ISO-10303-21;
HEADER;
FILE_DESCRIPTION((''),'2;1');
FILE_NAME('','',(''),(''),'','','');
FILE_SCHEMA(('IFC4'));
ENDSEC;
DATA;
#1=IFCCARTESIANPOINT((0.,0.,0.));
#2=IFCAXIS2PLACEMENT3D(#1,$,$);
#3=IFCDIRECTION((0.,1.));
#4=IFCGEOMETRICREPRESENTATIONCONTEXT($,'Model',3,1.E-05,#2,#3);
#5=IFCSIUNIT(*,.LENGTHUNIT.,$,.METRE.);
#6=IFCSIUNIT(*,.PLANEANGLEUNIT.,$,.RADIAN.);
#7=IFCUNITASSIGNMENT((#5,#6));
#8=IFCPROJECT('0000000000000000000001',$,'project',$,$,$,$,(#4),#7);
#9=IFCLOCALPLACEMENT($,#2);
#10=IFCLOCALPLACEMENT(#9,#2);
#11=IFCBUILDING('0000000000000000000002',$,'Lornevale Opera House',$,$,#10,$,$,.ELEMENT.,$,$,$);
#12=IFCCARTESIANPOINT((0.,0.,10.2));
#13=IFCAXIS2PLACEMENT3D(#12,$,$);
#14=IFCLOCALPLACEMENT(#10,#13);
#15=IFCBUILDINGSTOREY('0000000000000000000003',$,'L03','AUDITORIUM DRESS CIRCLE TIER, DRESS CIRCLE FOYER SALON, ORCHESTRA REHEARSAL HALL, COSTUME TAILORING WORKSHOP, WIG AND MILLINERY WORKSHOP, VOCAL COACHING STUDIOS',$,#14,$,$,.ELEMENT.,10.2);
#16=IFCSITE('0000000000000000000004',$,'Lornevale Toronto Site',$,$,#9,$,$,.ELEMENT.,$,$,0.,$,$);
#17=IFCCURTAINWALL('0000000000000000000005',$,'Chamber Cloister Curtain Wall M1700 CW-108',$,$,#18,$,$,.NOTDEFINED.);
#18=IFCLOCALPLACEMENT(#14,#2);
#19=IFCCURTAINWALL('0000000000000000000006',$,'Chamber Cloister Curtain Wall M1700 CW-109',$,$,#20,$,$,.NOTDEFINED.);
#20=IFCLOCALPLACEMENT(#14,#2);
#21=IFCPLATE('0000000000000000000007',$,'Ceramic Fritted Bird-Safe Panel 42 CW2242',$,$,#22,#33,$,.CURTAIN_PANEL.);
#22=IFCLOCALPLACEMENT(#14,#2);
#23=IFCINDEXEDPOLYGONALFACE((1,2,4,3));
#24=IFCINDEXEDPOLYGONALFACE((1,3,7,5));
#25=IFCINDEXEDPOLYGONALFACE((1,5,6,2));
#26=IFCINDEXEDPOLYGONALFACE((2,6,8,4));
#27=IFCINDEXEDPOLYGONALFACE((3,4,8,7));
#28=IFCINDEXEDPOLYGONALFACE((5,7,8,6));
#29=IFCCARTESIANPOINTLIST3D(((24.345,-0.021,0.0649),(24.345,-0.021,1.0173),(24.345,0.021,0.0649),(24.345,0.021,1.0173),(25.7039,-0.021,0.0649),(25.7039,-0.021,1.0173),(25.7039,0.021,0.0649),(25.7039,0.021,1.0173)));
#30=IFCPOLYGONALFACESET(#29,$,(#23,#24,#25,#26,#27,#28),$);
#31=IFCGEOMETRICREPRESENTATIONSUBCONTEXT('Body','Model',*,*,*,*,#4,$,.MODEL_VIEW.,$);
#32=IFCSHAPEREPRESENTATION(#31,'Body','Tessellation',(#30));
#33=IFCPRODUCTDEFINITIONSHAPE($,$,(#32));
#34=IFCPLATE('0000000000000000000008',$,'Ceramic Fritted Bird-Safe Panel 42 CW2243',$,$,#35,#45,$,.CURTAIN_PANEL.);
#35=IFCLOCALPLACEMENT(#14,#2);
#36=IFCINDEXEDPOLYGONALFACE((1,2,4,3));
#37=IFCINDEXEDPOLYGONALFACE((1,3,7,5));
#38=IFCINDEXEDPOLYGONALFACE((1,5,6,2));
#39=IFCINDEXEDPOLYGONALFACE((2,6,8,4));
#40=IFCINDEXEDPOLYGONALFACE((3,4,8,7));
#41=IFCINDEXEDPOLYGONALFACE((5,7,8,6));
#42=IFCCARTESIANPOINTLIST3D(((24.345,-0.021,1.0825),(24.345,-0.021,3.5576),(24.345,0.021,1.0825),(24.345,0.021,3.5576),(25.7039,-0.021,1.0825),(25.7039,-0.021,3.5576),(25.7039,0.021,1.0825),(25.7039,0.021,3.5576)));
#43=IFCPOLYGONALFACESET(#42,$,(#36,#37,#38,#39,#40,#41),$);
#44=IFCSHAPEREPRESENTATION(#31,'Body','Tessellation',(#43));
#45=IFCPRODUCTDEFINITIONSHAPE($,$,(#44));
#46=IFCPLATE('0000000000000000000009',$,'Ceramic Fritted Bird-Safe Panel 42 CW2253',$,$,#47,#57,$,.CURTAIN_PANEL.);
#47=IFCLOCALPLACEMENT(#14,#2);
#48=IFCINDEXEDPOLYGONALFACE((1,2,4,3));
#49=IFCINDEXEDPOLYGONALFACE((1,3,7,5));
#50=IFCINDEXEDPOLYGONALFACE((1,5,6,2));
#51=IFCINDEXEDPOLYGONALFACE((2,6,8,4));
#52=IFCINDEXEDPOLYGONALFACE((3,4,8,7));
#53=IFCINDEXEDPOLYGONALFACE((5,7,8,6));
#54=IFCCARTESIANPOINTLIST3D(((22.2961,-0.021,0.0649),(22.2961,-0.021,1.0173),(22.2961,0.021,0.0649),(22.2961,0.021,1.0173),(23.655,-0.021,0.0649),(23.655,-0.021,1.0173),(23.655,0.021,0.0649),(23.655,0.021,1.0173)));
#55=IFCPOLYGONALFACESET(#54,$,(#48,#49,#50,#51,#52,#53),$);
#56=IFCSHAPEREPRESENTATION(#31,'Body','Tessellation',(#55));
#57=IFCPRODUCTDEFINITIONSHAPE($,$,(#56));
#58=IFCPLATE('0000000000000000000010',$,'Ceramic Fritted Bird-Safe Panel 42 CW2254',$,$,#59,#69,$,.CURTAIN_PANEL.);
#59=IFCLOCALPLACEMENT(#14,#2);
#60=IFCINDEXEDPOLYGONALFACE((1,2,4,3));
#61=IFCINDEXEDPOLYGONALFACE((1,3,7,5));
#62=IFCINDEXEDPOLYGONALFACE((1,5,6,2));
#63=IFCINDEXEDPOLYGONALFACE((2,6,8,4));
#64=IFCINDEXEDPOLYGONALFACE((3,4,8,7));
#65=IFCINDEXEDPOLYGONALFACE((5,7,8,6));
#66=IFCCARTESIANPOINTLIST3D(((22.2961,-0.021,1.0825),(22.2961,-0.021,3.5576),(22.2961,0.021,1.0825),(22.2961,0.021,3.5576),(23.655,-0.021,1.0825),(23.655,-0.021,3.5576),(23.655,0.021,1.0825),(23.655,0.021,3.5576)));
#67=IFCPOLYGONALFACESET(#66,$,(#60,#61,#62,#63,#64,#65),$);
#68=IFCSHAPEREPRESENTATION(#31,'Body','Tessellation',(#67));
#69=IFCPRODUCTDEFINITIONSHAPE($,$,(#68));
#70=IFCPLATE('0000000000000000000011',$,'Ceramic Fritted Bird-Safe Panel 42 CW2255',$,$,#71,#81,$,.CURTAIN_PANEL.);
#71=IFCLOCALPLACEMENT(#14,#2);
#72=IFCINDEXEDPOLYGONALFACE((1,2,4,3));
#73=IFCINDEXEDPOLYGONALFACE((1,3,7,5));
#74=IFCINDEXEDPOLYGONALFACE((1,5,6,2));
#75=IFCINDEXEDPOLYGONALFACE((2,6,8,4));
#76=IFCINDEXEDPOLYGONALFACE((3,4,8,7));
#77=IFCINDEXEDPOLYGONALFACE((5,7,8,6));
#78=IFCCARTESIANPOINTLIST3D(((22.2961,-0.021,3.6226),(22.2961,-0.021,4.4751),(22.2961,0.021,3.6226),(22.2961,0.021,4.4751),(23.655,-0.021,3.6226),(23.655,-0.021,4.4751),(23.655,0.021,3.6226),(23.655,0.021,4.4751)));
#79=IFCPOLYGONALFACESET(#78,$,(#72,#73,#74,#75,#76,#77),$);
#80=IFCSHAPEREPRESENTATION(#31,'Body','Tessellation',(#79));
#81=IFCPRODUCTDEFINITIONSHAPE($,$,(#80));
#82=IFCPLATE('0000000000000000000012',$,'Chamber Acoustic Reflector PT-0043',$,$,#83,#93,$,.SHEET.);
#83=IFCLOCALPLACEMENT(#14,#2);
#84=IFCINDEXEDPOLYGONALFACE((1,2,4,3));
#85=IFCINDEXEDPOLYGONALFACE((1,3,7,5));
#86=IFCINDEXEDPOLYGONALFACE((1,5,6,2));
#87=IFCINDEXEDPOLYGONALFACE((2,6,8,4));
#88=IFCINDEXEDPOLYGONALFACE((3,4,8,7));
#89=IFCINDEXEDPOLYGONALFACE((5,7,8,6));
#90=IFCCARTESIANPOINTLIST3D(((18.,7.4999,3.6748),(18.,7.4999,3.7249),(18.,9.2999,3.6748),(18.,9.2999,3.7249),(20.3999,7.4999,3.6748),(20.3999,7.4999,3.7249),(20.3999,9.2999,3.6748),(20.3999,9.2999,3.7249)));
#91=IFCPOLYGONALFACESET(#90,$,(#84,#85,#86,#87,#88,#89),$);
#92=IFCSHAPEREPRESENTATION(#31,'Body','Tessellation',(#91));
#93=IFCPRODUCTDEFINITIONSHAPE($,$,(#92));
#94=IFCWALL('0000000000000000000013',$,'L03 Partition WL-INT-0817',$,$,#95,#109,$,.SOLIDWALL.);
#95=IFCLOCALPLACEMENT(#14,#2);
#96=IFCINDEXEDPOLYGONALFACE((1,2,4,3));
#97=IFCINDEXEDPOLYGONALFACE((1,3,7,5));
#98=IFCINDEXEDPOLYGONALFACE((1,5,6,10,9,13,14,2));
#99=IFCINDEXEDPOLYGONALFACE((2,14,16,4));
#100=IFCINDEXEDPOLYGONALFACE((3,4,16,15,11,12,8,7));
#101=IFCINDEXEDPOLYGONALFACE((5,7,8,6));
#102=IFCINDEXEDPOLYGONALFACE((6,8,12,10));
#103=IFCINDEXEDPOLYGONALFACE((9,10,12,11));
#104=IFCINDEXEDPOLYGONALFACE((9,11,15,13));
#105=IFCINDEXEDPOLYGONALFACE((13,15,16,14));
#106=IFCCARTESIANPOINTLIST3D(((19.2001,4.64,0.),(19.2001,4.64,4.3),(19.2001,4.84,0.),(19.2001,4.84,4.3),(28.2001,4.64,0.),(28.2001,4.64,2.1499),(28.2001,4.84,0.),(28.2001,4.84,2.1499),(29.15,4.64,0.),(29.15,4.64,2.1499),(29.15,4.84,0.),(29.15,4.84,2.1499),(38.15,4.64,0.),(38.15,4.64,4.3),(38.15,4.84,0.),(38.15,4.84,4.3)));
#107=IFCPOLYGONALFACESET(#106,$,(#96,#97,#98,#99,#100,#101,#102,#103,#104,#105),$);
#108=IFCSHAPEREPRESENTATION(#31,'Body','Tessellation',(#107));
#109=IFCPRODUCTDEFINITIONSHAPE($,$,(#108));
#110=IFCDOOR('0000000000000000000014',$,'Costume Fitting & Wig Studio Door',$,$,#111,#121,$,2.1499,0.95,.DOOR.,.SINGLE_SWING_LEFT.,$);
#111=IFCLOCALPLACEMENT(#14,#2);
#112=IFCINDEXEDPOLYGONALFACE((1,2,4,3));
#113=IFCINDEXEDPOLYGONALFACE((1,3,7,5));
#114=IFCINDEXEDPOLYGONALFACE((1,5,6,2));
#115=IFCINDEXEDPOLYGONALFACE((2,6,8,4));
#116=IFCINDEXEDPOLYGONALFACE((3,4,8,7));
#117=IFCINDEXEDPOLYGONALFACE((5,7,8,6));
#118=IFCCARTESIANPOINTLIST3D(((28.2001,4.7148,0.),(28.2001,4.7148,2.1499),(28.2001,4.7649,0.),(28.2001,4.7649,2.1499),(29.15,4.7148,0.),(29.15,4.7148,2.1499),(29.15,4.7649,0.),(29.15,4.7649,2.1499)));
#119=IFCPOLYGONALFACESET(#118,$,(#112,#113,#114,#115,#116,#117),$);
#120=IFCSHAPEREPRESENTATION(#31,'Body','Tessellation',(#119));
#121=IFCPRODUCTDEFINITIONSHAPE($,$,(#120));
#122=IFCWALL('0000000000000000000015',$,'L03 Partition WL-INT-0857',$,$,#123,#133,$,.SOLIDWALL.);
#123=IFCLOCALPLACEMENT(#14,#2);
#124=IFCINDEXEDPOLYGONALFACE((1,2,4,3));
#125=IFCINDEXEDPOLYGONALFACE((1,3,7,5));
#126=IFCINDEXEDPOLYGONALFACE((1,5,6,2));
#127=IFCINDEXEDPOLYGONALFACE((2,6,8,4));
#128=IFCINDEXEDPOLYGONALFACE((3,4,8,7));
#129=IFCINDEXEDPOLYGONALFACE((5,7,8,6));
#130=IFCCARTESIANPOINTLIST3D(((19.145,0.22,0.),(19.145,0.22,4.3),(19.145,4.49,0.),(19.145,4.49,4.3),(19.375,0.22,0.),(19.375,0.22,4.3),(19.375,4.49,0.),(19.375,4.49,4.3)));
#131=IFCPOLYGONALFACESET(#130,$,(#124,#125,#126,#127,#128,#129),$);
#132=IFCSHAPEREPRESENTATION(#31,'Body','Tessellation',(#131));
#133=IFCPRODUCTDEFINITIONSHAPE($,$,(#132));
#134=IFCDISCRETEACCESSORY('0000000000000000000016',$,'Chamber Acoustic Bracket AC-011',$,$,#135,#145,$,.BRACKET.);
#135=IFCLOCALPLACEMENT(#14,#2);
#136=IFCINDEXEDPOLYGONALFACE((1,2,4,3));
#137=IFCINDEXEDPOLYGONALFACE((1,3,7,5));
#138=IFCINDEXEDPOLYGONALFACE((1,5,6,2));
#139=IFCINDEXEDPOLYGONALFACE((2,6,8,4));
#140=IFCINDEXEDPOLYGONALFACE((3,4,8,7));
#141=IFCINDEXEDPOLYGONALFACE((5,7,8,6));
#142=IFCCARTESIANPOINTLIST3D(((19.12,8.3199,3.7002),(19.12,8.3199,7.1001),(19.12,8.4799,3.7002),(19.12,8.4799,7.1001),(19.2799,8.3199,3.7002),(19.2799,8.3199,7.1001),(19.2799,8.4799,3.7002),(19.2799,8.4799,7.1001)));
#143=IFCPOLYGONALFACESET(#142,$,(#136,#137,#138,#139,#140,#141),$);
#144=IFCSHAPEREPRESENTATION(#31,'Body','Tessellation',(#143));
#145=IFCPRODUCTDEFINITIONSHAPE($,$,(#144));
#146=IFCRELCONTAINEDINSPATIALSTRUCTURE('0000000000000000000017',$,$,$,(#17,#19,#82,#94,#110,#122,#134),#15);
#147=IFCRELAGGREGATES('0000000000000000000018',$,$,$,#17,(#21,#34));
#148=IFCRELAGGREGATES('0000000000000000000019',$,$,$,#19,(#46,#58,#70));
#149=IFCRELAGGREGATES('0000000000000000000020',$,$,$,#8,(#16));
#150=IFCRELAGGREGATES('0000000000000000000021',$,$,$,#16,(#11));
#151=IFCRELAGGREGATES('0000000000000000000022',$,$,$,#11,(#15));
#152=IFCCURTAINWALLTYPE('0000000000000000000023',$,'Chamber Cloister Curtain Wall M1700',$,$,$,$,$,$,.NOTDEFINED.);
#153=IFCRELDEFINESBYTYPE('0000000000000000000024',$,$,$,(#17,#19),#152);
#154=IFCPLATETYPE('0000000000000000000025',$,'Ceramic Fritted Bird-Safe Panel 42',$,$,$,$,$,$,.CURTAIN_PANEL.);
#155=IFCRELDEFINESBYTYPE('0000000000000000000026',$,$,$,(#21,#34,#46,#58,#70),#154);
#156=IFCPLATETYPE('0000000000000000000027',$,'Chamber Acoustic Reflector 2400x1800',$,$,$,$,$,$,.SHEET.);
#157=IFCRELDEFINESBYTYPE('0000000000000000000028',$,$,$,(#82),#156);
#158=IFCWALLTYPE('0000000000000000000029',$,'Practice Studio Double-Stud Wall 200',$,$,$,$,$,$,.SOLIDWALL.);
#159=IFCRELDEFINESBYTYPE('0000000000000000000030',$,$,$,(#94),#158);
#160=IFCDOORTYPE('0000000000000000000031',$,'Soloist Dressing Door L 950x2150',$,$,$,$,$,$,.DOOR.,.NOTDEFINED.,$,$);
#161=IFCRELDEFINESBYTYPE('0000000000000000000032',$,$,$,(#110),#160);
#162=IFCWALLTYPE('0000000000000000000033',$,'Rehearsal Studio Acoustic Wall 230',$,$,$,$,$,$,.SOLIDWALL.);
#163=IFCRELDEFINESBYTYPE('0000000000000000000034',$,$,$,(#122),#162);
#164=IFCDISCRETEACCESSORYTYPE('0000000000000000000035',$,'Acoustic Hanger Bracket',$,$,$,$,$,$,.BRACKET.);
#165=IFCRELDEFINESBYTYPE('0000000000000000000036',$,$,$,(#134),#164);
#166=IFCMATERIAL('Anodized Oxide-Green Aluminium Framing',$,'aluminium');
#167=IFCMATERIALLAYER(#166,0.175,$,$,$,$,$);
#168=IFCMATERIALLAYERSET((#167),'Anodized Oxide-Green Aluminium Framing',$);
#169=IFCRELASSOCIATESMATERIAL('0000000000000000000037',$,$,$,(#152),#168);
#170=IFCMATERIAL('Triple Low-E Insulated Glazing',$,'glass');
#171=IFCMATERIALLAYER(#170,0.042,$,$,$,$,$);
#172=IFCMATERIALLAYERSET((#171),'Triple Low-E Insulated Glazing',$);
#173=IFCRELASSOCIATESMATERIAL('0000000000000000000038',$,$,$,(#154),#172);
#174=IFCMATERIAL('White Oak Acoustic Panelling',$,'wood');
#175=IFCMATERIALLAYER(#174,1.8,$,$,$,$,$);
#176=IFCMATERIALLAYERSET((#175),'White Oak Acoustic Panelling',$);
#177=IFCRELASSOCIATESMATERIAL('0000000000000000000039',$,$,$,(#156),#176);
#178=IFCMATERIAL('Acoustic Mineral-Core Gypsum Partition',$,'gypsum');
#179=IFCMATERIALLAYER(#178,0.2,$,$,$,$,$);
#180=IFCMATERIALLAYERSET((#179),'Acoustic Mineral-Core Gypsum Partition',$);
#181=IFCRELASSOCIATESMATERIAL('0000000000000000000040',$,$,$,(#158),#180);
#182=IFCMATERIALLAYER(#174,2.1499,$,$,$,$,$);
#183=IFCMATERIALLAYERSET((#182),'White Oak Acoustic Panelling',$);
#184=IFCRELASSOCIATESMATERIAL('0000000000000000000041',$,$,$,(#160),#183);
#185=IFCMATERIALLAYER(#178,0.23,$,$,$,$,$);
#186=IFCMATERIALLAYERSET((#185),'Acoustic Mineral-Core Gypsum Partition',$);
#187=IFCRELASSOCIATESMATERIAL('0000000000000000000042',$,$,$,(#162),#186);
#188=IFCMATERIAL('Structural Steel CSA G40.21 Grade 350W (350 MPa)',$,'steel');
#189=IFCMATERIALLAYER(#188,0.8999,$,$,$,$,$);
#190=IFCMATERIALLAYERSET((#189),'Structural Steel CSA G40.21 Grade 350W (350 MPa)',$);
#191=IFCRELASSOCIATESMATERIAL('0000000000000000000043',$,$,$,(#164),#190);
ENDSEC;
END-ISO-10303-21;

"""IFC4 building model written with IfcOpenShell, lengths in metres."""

from ifc_helpers import new_model, si_unit, direction, frame, frame_2d, origin, origin_2d, place, context, subcontext, project, spatial, rectangle, extrude, material, layer, layer_set, type_object, element, fill, aggregate, save


model = new_model("IFC4")

# Units and contexts
model_context = context("Model", 3, precision=1e-05, world=origin(), true_north=direction((0.0, 1.0)))
body_context = subcontext(model_context, "Body", "Model", "MODEL_VIEW")
ifc_project = project(units=[si_unit("LENGTHUNIT", "METRE"), si_unit("PLANEANGLEUNIT", "RADIAN")], contexts=[model_context])

# Site, building, storey
site_placement = place(None, origin())
site = spatial("IfcSite", under=ifc_project, at=site_placement, Name="Lornevale Toronto Site", CompositionType="ELEMENT", RefElevation=0.0)
building_placement = place(site_placement, origin())
building = spatial("IfcBuilding", under=site, at=building_placement, Name="Lornevale Opera House", CompositionType="ELEMENT")
storey_placement = place(building_placement, frame((0.0, 0.0, 10.2)))
storey = spatial("IfcBuildingStorey", under=building, at=storey_placement, Name="L03", Description="AUDITORIUM DRESS CIRCLE TIER, DRESS CIRCLE FOYER SALON, ORCHESTRA REHEARSAL HALL, COSTUME TAILORING WORKSHOP, WIG AND MILLINERY WORKSHOP, VOCAL COACHING STUDIOS", CompositionType="ELEMENT", Elevation=10.2)

# Shared definitions
ifc_material_1 = material(Name="Structural Steel CSA G40.21 Grade 350W (350 MPa)", Category="steel")

# Curtain wall
ifc_material_2 = material(Name="Anodized Oxide-Green Aluminium Framing", Category="aluminium")
ifc_layer_1 = layer(ifc_material_2, 0.175)
ifc_layer_set_1 = layer_set([ifc_layer_1], Name="Anodized Oxide-Green Aluminium Framing")
curtain_wall_type = type_object("IfcCurtainWallType", Name="Chamber Cloister Curtain Wall M1700", PredefinedType="NOTDEFINED", material=ifc_layer_set_1)
curtain_wall_1_placement = place(storey_placement, origin())
curtain_wall_1 = element("IfcCurtainWall", 1, at=curtain_wall_1_placement, inside=storey, type_object=curtain_wall_type, Name="Chamber Cloister Curtain Wall M1700 CW-108", PredefinedType="NOTDEFINED")

# Curtain wall
curtain_wall_2_placement = place(storey_placement, origin())
curtain_wall_2 = element("IfcCurtainWall", 2, at=curtain_wall_2_placement, inside=storey, type_object=curtain_wall_type, Name="Chamber Cloister Curtain Wall M1700 CW-109", PredefinedType="NOTDEFINED")

# Plates
ifc_material_3 = material(Name="Triple Low-E Insulated Glazing", Category="glass")
ifc_layer_2 = layer(ifc_material_3, 0.042)
ifc_layer_set_2 = layer_set([ifc_layer_2], Name="Triple Low-E Insulated Glazing")
plate_type_1 = type_object("IfcPlateType", Name="Ceramic Fritted Bird-Safe Panel 42", PredefinedType="CURTAIN_PANEL", material=ifc_layer_set_2)
plate_1_placement = place(storey_placement, frame((25.0244, 0.0, 0.0649), z_axis=(0.0, 0.0, 1.0), x_axis=(-1.0, 0.0, 0.0)))
plate_1 = element("IfcPlate", 3, at=plate_1_placement, type_object=plate_type_1, Name="Ceramic Fritted Bird-Safe Panel 42 CW2242", PredefinedType="CURTAIN_PANEL", context=body_context, shape_type="SweptSolid", body=[
    extrude(rectangle(XDim=1.3589, YDim=0.042, at=origin_2d()), origin(), (0.0, 0.0, 1.0), 0.9524),
])
plate_2_placement = place(storey_placement, frame((25.0244, 0.0, 1.0825), z_axis=(0.0, 0.0, 1.0), x_axis=(-1.0, 0.0, 0.0)))
plate_2 = element("IfcPlate", 4, at=plate_2_placement, type_object=plate_type_1, Name="Ceramic Fritted Bird-Safe Panel 42 CW2243", PredefinedType="CURTAIN_PANEL", context=body_context, shape_type="SweptSolid", body=[
    extrude(rectangle(XDim=1.3589, YDim=0.042, at=origin_2d()), origin(), (0.0, 0.0, 1.0), 2.4751),
])
aggregate(curtain_wall_1, [plate_1, plate_2])
plate_3_placement = place(storey_placement, frame((22.9756, 0.0, 0.0649), z_axis=(0.0, 0.0, 1.0), x_axis=(-1.0, 0.0, 0.0)))
plate_3 = element("IfcPlate", 5, at=plate_3_placement, type_object=plate_type_1, Name="Ceramic Fritted Bird-Safe Panel 42 CW2253", PredefinedType="CURTAIN_PANEL", context=body_context, shape_type="SweptSolid", body=[
    extrude(rectangle(XDim=1.3589, YDim=0.042, at=origin_2d()), origin(), (0.0, 0.0, 1.0), 0.9524),
])
plate_4_placement = place(storey_placement, frame((22.9756, 0.0, 1.0825), z_axis=(0.0, 0.0, 1.0), x_axis=(-1.0, 0.0, 0.0)))
plate_4 = element("IfcPlate", 6, at=plate_4_placement, type_object=plate_type_1, Name="Ceramic Fritted Bird-Safe Panel 42 CW2254", PredefinedType="CURTAIN_PANEL", context=body_context, shape_type="SweptSolid", body=[
    extrude(rectangle(XDim=1.3589, YDim=0.042, at=origin_2d()), origin(), (0.0, 0.0, 1.0), 2.4751),
])
plate_5_placement = place(storey_placement, frame((22.9756, 0.0, 3.6226), z_axis=(0.0, 0.0, 1.0), x_axis=(-1.0, 0.0, 0.0)))
plate_5 = element("IfcPlate", 7, at=plate_5_placement, type_object=plate_type_1, Name="Ceramic Fritted Bird-Safe Panel 42 CW2255", PredefinedType="CURTAIN_PANEL", context=body_context, shape_type="SweptSolid", body=[
    extrude(rectangle(XDim=1.3589, YDim=0.042, at=origin_2d()), origin(), (0.0, 0.0, 1.0), 0.8525),
])
aggregate(curtain_wall_2, [plate_3, plate_4, plate_5])
ifc_material_4 = material(Name="White Oak Acoustic Panelling", Category="wood")
ifc_layer_3 = layer(ifc_material_4, 1.8)
ifc_layer_set_3 = layer_set([ifc_layer_3], Name="White Oak Acoustic Panelling")
plate_type_2 = type_object("IfcPlateType", Name="Chamber Acoustic Reflector 2400x1800", PredefinedType="SHEET", material=ifc_layer_set_3)
plate_6_placement = place(storey_placement, frame((19.2, 8.3999, 3.6748), z_axis=(0.0, 0.0, 1.0), x_axis=(1.0, 0.0, 0.0)))
element("IfcPlate", 8, at=plate_6_placement, inside=storey, type_object=plate_type_2, Name="Chamber Acoustic Reflector PT-0043", PredefinedType="SHEET", context=body_context, shape_type="SweptSolid", body=[
    extrude(rectangle(XDim=2.3999, YDim=1.8, at=origin_2d()), origin(), (0.0, 0.0, 1.0), 0.05),
])

# Wall, opening, door
ifc_material_5 = material(Name="Acoustic Mineral-Core Gypsum Partition", Category="gypsum")
ifc_layer_4 = layer(ifc_material_5, 0.2)
ifc_layer_set_4 = layer_set([ifc_layer_4], Name="Acoustic Mineral-Core Gypsum Partition")
wall_type_1 = type_object("IfcWallType", Name="Practice Studio Double-Stud Wall 200", PredefinedType="SOLIDWALL", material=ifc_layer_set_4)
wall_1_placement = place(storey_placement, frame((19.2, 4.74, 0.0), z_axis=(0.0, 0.0, 1.0), x_axis=(1.0, 0.0, 0.0)))
wall_1 = element("IfcWall", 9, at=wall_1_placement, inside=storey, type_object=wall_type_1, Name="L03 Partition WL-INT-0817", PredefinedType="SOLIDWALL", context=body_context, shape_type="SweptSolid", body=[
    extrude(rectangle(XDim=18.95, YDim=0.2, at=frame_2d((9.4751, 0.0))), origin(), (0.0, 0.0, 1.0), 4.3),
])
opening_1_placement = place(wall_1_placement, frame((9.0, 0.0, 0.0)))
opening_1 = element("IfcOpeningElement", 10, at=opening_1_placement, cuts=wall_1, PredefinedType="OPENING", context=body_context, shape_type="SweptSolid", body=[
    extrude(rectangle(XDim=0.95, YDim=2.1499, at=frame_2d((0.4751, 1.075))), frame((0.0, 0.1099, 0.0), z_axis=(0.0, -1.0, 0.0), x_axis=(1.0, 0.0, 0.0)), (0.0, 0.0, 1.0), 0.22),
])
ifc_layer_5 = layer(ifc_material_4, 2.1499)
ifc_layer_set_5 = layer_set([ifc_layer_5], Name="White Oak Acoustic Panelling")
door_type_1 = type_object("IfcDoorType", Name="Soloist Dressing Door L 950x2150", OperationType="NOTDEFINED", PredefinedType="DOOR", material=ifc_layer_set_5)
door_1_placement = place(opening_1_placement, origin())
door_1 = element("IfcDoor", 11, at=door_1_placement, inside=storey, type_object=door_type_1, Name="Costume Fitting & Wig Studio Door", OperationType="SINGLE_SWING_LEFT", OverallHeight=2.1499, OverallWidth=0.95, PredefinedType="DOOR", context=body_context, shape_type="SweptSolid", body=[
    extrude(rectangle(XDim=0.95, YDim=2.1499, at=frame_2d((0.4751, 1.075))), frame((0.0, 0.0249, 0.0), z_axis=(0.0, -1.0, 0.0), x_axis=(1.0, 0.0, 0.0)), (0.0, 0.0, 1.0), 0.05),
])
fill(opening_1, door_1)
ifc_layer_6 = layer(ifc_material_5, 0.23)
ifc_layer_set_6 = layer_set([ifc_layer_6], Name="Acoustic Mineral-Core Gypsum Partition")
wall_type_2 = type_object("IfcWallType", Name="Rehearsal Studio Acoustic Wall 230", PredefinedType="SOLIDWALL", material=ifc_layer_set_6)

# Wall
wall_2_placement = place(storey_placement, frame((19.26, 0.22, 0.0), z_axis=(0.0, 0.0, 1.0), x_axis=(0.0, 1.0, 0.0)))
element("IfcWall", 12, at=wall_2_placement, inside=storey, type_object=wall_type_2, Name="L03 Partition WL-INT-0857", PredefinedType="SOLIDWALL", context=body_context, shape_type="SweptSolid", body=[
    extrude(rectangle(XDim=4.27, YDim=0.23, at=frame_2d((2.135, 0.0))), origin(), (0.0, 0.0, 1.0), 4.3),
])

# Discrete accessory
ifc_layer_7 = layer(ifc_material_1, 0.8999)
ifc_layer_set_7 = layer_set([ifc_layer_7], Name="Structural Steel CSA G40.21 Grade 350W (350 MPa)")
discrete_accessory_type = type_object("IfcDiscreteAccessoryType", Name="Acoustic Hanger Bracket", PredefinedType="BRACKET", material=ifc_layer_set_7)
discrete_accessory_placement = place(storey_placement, frame((19.2, 8.3999, 3.7002), z_axis=(0.0, 0.0, 1.0), x_axis=(1.0, 0.0, 0.0)))
element("IfcDiscreteAccessory", 13, at=discrete_accessory_placement, inside=storey, type_object=discrete_accessory_type, Name="Chamber Acoustic Bracket AC-011", PredefinedType="BRACKET", context=body_context, shape_type="SweptSolid", body=[
    extrude(rectangle(XDim=0.1599, YDim=0.1599, at=origin_2d()), origin(), (0.0, 0.0, 1.0), 3.3999),
])

save(model, "model.ifc")
